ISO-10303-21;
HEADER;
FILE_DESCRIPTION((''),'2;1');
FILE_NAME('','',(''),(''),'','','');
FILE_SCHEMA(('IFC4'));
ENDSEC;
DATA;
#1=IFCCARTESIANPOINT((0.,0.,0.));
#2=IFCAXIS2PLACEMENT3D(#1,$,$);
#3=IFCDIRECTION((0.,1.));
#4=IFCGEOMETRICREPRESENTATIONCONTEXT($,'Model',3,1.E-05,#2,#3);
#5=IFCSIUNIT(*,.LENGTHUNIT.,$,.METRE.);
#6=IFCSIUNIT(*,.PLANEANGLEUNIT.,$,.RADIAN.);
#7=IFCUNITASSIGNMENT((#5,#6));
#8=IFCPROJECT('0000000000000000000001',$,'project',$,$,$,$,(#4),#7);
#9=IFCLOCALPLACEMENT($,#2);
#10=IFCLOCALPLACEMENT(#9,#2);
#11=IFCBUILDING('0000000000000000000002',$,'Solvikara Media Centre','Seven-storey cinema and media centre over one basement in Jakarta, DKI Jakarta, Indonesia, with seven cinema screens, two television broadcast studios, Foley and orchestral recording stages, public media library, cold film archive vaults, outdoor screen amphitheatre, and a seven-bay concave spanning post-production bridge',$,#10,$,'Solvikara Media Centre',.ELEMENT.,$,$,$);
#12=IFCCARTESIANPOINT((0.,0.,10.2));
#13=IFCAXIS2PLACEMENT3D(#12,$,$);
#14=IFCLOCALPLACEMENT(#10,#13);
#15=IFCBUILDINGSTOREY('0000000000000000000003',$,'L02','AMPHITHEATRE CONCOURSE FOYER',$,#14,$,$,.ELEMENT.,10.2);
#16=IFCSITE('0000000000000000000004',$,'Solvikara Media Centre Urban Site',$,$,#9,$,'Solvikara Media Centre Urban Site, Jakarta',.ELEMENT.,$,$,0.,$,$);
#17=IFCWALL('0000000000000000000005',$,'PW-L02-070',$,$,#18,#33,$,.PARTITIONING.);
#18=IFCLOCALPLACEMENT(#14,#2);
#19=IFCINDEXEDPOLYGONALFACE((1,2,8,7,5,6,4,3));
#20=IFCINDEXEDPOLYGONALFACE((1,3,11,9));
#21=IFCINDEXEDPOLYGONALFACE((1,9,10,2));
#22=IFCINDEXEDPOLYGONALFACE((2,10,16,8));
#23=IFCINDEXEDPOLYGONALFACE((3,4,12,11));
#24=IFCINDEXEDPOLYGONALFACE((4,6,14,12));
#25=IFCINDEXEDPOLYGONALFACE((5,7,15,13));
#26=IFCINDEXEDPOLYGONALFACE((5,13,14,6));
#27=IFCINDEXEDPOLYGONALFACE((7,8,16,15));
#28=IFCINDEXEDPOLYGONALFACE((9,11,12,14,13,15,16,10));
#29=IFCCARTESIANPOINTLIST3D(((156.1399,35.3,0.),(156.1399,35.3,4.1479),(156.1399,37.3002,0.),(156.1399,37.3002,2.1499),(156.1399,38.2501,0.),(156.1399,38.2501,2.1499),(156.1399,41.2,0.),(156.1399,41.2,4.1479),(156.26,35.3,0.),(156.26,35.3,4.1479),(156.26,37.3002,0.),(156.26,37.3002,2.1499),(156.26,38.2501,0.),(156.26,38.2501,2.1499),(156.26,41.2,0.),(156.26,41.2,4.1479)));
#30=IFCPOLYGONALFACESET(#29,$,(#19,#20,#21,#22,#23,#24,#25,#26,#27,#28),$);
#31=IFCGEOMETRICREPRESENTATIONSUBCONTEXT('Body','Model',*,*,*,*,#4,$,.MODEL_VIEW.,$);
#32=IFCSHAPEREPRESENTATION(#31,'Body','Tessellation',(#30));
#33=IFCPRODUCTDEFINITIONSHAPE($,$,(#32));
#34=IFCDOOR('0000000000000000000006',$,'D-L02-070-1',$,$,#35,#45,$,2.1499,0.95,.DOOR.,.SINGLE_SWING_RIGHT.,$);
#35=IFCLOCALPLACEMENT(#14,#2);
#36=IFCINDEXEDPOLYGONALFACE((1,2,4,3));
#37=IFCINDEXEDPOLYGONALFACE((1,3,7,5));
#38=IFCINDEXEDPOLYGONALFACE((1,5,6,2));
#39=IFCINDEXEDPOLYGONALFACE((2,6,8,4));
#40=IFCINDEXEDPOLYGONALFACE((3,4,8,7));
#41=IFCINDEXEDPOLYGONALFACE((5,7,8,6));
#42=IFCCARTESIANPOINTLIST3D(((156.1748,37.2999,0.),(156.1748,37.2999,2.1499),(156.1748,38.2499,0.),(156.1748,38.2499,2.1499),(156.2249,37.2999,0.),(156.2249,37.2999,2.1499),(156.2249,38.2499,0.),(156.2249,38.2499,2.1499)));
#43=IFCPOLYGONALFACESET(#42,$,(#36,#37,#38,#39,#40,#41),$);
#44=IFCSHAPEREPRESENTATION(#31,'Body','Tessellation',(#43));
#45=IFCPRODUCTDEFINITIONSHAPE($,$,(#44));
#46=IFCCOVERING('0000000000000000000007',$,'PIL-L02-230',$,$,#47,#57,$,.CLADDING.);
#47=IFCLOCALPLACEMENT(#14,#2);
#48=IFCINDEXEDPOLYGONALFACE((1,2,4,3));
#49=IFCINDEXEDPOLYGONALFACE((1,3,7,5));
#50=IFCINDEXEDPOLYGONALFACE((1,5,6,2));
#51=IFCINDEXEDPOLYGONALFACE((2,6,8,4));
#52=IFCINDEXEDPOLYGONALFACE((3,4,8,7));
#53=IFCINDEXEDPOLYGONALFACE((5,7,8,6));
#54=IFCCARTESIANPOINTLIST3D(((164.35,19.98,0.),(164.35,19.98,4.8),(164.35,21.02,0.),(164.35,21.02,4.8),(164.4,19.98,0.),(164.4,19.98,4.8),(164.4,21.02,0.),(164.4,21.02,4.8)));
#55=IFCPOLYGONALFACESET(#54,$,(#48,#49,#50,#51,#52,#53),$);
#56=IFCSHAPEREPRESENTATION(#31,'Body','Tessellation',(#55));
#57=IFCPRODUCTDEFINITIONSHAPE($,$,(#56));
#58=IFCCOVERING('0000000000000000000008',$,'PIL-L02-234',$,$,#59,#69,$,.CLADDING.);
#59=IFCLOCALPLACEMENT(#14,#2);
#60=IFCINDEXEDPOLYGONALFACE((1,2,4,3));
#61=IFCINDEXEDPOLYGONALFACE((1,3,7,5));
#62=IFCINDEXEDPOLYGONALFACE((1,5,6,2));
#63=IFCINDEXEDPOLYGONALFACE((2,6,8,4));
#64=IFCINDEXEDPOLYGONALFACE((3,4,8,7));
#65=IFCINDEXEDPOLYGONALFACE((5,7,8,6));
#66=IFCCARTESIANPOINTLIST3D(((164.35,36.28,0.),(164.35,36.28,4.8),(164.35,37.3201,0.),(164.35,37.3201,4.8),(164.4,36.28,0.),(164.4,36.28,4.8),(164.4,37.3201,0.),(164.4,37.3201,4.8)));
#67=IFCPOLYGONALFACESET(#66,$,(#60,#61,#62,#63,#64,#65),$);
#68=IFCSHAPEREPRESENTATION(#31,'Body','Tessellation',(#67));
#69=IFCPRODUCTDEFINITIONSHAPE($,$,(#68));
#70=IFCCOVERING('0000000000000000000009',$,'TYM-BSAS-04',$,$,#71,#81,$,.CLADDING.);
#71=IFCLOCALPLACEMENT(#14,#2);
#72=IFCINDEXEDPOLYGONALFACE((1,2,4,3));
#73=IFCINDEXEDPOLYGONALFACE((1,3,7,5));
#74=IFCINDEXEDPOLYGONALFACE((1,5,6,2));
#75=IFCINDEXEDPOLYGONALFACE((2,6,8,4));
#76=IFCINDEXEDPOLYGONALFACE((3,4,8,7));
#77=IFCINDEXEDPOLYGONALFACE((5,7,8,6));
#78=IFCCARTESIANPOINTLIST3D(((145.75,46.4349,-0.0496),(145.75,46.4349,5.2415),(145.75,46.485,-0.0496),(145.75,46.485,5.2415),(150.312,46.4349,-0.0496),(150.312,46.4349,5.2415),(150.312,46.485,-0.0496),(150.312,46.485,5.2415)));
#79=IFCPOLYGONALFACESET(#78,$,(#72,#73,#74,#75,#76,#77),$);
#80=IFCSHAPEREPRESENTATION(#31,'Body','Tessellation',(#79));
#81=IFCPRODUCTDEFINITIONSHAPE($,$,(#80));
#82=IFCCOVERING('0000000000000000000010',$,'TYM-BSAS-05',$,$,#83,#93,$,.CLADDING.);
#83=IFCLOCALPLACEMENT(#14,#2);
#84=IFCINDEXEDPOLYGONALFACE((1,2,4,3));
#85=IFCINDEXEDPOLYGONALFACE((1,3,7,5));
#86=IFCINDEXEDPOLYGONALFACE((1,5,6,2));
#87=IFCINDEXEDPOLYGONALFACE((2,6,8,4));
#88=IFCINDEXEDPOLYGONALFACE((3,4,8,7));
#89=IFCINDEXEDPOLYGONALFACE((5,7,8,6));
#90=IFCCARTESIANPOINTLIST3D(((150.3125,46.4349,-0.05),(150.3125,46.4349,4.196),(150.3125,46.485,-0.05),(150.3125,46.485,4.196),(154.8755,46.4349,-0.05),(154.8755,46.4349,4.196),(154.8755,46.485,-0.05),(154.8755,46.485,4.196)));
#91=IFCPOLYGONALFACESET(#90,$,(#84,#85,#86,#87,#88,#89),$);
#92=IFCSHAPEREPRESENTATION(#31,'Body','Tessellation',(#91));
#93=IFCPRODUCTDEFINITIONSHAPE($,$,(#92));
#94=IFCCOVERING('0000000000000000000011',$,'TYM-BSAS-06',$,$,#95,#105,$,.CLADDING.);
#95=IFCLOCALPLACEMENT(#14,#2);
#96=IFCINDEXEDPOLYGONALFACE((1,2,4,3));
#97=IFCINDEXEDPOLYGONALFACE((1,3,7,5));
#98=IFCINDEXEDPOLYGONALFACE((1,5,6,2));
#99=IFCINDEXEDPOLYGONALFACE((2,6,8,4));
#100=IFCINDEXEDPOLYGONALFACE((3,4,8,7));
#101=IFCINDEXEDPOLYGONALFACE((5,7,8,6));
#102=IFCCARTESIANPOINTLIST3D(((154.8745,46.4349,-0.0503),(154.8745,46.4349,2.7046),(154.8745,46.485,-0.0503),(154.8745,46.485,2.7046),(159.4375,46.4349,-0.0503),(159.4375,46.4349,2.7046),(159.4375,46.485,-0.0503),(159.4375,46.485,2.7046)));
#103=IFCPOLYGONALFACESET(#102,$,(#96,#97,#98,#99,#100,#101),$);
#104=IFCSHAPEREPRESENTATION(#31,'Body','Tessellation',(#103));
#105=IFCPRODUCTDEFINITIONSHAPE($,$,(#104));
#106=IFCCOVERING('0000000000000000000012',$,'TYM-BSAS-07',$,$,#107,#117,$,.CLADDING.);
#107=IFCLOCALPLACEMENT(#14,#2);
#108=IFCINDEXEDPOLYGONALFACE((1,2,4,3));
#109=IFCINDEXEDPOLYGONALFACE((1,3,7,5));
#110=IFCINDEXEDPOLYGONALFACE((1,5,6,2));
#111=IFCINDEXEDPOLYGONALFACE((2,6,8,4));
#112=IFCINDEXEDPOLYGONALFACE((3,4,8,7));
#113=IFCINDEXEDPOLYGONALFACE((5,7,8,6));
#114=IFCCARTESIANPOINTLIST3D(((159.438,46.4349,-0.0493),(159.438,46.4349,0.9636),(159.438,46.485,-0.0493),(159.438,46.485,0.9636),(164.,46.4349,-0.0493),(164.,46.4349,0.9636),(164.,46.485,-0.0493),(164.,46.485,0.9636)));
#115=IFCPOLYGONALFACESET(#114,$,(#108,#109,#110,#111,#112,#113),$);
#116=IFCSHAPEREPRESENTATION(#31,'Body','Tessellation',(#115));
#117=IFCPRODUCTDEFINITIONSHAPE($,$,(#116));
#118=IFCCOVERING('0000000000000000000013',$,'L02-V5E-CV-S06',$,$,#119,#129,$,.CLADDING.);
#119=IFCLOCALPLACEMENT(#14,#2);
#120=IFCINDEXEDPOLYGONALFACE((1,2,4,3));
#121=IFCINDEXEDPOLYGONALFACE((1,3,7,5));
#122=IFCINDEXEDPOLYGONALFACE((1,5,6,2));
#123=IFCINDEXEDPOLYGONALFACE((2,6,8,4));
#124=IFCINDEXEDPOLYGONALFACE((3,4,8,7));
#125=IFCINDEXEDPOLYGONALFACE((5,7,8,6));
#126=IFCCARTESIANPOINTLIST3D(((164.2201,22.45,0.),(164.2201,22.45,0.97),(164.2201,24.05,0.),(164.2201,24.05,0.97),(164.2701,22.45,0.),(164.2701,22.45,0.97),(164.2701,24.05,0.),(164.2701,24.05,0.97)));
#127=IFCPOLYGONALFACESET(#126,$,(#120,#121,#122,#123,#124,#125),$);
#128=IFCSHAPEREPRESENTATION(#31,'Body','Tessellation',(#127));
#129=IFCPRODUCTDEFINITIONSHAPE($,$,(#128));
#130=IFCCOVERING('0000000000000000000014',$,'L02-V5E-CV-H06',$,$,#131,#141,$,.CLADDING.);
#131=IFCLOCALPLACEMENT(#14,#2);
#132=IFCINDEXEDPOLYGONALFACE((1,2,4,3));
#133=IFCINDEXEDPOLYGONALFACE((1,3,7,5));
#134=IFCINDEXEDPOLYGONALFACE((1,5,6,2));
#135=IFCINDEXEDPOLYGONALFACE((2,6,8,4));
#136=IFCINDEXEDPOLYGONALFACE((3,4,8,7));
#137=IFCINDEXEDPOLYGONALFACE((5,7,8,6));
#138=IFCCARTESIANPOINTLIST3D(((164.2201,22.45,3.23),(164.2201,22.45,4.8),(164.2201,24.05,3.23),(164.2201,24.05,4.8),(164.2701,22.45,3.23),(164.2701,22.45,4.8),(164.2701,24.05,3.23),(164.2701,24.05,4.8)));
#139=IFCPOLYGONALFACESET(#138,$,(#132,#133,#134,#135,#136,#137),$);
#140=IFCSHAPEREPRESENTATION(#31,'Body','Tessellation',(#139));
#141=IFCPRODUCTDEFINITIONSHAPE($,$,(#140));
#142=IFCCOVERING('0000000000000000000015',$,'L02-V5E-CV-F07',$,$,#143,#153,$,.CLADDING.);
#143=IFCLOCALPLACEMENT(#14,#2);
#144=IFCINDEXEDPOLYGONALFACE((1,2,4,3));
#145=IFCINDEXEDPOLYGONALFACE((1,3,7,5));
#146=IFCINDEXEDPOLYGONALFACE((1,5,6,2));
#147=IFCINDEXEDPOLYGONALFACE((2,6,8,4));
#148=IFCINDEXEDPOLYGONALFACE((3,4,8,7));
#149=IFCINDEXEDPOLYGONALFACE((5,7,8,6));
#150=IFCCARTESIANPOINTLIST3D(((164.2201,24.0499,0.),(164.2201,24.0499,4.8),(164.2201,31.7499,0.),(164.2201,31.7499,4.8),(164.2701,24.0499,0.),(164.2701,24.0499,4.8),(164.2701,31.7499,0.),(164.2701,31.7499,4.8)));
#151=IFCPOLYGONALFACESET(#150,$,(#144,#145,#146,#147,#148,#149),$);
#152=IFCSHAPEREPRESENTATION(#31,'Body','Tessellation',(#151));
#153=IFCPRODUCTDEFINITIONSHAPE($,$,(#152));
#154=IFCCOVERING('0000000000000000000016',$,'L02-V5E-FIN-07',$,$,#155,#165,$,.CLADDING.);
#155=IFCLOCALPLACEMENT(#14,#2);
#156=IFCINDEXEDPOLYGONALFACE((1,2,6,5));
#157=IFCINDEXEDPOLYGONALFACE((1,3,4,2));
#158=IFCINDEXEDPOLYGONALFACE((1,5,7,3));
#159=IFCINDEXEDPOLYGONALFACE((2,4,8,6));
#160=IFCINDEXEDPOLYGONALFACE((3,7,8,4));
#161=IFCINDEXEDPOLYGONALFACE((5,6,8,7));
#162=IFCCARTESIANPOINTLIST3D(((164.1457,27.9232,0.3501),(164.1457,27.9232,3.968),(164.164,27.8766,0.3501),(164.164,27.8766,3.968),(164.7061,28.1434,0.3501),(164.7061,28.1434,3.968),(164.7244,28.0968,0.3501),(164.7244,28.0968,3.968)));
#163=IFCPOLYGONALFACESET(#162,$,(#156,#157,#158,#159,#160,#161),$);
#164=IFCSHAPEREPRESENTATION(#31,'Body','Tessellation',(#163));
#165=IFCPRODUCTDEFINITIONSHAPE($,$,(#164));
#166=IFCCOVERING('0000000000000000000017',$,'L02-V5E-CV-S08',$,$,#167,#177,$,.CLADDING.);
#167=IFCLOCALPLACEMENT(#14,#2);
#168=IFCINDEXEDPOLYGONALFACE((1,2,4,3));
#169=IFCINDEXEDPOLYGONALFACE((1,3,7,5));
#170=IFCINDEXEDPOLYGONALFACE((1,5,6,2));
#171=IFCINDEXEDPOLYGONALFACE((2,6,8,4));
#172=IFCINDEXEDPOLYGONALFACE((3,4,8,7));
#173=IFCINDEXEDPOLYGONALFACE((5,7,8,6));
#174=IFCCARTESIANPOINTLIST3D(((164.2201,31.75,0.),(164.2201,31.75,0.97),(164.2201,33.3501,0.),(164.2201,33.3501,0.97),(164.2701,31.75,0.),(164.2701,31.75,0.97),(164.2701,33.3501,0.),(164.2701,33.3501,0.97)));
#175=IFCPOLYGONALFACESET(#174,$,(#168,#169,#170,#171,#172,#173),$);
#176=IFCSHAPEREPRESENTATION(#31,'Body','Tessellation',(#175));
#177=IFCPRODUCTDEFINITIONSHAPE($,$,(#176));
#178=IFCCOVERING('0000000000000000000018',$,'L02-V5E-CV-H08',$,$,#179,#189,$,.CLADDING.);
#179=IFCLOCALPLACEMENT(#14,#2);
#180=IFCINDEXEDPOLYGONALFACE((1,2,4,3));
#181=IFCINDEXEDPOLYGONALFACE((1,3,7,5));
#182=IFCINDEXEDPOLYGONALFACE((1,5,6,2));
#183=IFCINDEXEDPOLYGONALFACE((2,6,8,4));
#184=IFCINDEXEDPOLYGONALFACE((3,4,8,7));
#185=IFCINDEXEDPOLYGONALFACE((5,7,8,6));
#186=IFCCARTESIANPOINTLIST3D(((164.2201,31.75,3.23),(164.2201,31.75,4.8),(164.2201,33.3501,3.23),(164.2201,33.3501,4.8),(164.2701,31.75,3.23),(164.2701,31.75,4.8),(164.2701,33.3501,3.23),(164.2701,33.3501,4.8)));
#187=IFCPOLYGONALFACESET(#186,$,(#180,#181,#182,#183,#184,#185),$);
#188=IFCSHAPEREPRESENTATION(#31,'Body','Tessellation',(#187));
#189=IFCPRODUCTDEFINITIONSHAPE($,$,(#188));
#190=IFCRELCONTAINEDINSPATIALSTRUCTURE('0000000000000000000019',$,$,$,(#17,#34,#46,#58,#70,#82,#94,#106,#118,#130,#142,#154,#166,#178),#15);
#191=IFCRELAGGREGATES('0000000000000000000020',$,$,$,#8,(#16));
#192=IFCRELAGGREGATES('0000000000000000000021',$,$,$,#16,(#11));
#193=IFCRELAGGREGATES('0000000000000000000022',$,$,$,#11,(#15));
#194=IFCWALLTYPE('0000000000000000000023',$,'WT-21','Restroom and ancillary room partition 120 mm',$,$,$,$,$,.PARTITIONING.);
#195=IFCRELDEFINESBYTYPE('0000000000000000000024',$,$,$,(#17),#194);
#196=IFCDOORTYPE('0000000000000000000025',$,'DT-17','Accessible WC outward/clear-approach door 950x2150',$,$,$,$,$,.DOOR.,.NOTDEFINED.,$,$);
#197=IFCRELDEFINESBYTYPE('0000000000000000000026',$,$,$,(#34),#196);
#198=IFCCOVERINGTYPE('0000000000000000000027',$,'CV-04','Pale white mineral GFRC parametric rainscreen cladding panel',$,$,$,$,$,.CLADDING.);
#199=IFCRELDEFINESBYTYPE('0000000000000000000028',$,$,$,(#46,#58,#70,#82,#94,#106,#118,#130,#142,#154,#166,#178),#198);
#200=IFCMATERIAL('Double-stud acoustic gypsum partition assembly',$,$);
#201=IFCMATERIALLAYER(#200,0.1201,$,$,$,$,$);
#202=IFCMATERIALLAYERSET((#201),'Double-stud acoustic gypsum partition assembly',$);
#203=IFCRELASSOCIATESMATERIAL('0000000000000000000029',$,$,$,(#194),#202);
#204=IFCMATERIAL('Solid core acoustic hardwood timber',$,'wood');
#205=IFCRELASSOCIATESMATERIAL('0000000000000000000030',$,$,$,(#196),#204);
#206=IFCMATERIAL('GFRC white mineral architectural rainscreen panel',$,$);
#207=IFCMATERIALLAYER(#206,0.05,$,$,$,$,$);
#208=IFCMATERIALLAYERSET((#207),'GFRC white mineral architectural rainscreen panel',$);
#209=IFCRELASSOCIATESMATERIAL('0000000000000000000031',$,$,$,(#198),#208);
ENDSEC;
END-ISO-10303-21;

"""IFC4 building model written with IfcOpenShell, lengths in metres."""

from ifc_helpers import new_model, si_unit, direction, frame, frame_2d, origin, origin_2d, place, context, subcontext, project, spatial, rectangle, extrude, material, layer, layer_set, type_object, element, fill, save


model = new_model("IFC4")

# Units and contexts
model_context = context("Model", 3, precision=1e-05, world=origin(), true_north=direction((0.0, 1.0)))
body_context = subcontext(model_context, "Body", "Model", "MODEL_VIEW")
ifc_project = project(units=[si_unit("LENGTHUNIT", "METRE"), si_unit("PLANEANGLEUNIT", "RADIAN")], contexts=[model_context])

# Site, building, storey
site_placement = place(None, origin())
site = spatial("IfcSite", under=ifc_project, at=site_placement, Name="Solvikara Media Centre Urban Site", LongName="Solvikara Media Centre Urban Site, Jakarta", CompositionType="ELEMENT", RefElevation=0.0)
building_placement = place(site_placement, origin())
building = spatial("IfcBuilding", under=site, at=building_placement, Name="Solvikara Media Centre", Description="Seven-storey cinema and media centre over one basement in Jakarta, DKI Jakarta, Indonesia, with seven cinema screens, two television broadcast studios, Foley and orchestral recording stages, public media library, cold film archive vaults, outdoor screen amphitheatre, and a seven-bay concave spanning post-production bridge", LongName="Solvikara Media Centre", CompositionType="ELEMENT")
storey_placement = place(building_placement, frame((0.0, 0.0, 10.2)))
storey = spatial("IfcBuildingStorey", under=building, at=storey_placement, Name="L02", Description="AMPHITHEATRE CONCOURSE FOYER", CompositionType="ELEMENT", Elevation=10.2)

# Wall, opening, door
ifc_material_1 = material(Name="Double-stud acoustic gypsum partition assembly")
ifc_layer_1 = layer(ifc_material_1, 0.1201)
ifc_layer_set_1 = layer_set([ifc_layer_1], Name="Double-stud acoustic gypsum partition assembly")
wall_type = type_object("IfcWallType", Name="WT-21", Description="Restroom and ancillary room partition 120 mm", PredefinedType="PARTITIONING", material=ifc_layer_set_1)
ifc_material_2 = material(Name="Solid core acoustic hardwood timber", Category="wood")
wall_1_placement = place(storey_placement, frame((156.2, 35.3, 0.0), z_axis=(0.0, 0.0, 1.0), x_axis=(0.0, 1.0, 0.0)))
wall_1 = element("IfcWall", 1, at=wall_1_placement, inside=storey, type_object=wall_type, Name="PW-L02-070", PredefinedType="PARTITIONING", context=body_context, shape_type="SweptSolid", body=[
    extrude(rectangle(XDim=5.8999, YDim=0.1201, at=frame_2d((2.95, 0.0))), origin(), (0.0, 0.0, 1.0), 4.1479),
])
opening_1_placement = place(wall_1_placement, frame((2.0, 0.0, 0.0)))
opening_1 = element("IfcOpeningElement", 2, at=opening_1_placement, cuts=wall_1, PredefinedType="OPENING", context=body_context, shape_type="SweptSolid", body=[
    extrude(rectangle(XDim=0.95, YDim=2.1499, at=frame_2d((0.4751, 1.075))), frame((0.0, 0.072, 0.0), z_axis=(0.0, -1.0, 0.0), x_axis=(1.0, 0.0, 0.0)), (0.0, 0.0, 1.0), 0.144),
])
door_type_1 = type_object("IfcDoorType", Name="DT-17", Description="Accessible WC outward/clear-approach door 950x2150", OperationType="NOTDEFINED", PredefinedType="DOOR", material=ifc_material_2)
door_1_placement = place(opening_1_placement, frame((0.95, 0.0, 0.0), z_axis=(0.0, 0.0, 1.0), x_axis=(-1.0, 0.0, 0.0)))
door_1 = element("IfcDoor", 3, at=door_1_placement, inside=storey, type_object=door_type_1, Name="D-L02-070-1", OperationType="SINGLE_SWING_RIGHT", OverallHeight=2.1499, OverallWidth=0.95, PredefinedType="DOOR", context=body_context, shape_type="SweptSolid", body=[
    extrude(rectangle(XDim=0.95, YDim=2.1499, at=frame_2d((0.4751, 1.075))), frame((0.0, 0.0249, 0.0), z_axis=(0.0, -1.0, 0.0), x_axis=(1.0, 0.0, 0.0)), (0.0, 0.0, 1.0), 0.05),
])
fill(opening_1, door_1)

# Coverings
ifc_material_3 = material(Name="GFRC white mineral architectural rainscreen panel")
ifc_layer_2 = layer(ifc_material_3, 0.05)
ifc_layer_set_2 = layer_set([ifc_layer_2], Name="GFRC white mineral architectural rainscreen panel")
covering_type = type_object("IfcCoveringType", Name="CV-04", Description="Pale white mineral GFRC parametric rainscreen cladding panel", PredefinedType="CLADDING", material=ifc_layer_set_2)
for number, where, z_axis, x_axis, name in (
    (4, (164.375, 20.5, 0.0), (0.0, 0.0, 1.0), (0.0, 1.0, 0.0), "PIL-L02-230"),
    (5, (164.375, 36.8, 0.0), (0.0, 0.0, 1.0), (0.0, 1.0, 0.0), "PIL-L02-234"),
):
    element("IfcCovering", number, at=place(storey_placement, frame(where, z_axis=z_axis, x_axis=x_axis)), inside=storey, type_object=covering_type, Name=name, PredefinedType="CLADDING", context=body_context, shape_type="SweptSolid", body=[
        extrude(rectangle(XDim=1.04, YDim=0.05, at=origin_2d()), origin(), (0.0, 0.0, 1.0), 4.8),
    ])
covering_1_placement = place(storey_placement, frame((148.031, 46.46, -0.0496), z_axis=(0.0, 0.0, 1.0), x_axis=(1.0, 0.0, 0.0)))
element("IfcCovering", 6, at=covering_1_placement, inside=storey, type_object=covering_type, Name="TYM-BSAS-04", PredefinedType="CLADDING", context=body_context, shape_type="SweptSolid", body=[
    extrude(rectangle(XDim=4.562, YDim=0.05, at=origin_2d()), origin(), (0.0, 0.0, 1.0), 5.291),
])
covering_2_placement = place(storey_placement, frame((152.594, 46.46, -0.05), z_axis=(0.0, 0.0, 1.0), x_axis=(1.0, 0.0, 0.0)))
element("IfcCovering", 7, at=covering_2_placement, inside=storey, type_object=covering_type, Name="TYM-BSAS-05", PredefinedType="CLADDING", context=body_context, shape_type="SweptSolid", body=[
    extrude(rectangle(XDim=4.563, YDim=0.05, at=origin_2d()), origin(), (0.0, 0.0, 1.0), 4.2461),
])
covering_3_placement = place(storey_placement, frame((157.156, 46.46, -0.0503), z_axis=(0.0, 0.0, 1.0), x_axis=(1.0, 0.0, 0.0)))
element("IfcCovering", 8, at=covering_3_placement, inside=storey, type_object=covering_type, Name="TYM-BSAS-06", PredefinedType="CLADDING", context=body_context, shape_type="SweptSolid", body=[
    extrude(rectangle(XDim=4.563, YDim=0.05, at=origin_2d()), origin(), (0.0, 0.0, 1.0), 2.7549),
])
covering_4_placement = place(storey_placement, frame((161.719, 46.46, -0.0493), z_axis=(0.0, 0.0, 1.0), x_axis=(1.0, 0.0, 0.0)))
element("IfcCovering", 9, at=covering_4_placement, inside=storey, type_object=covering_type, Name="TYM-BSAS-07", PredefinedType="CLADDING", context=body_context, shape_type="SweptSolid", body=[
    extrude(rectangle(XDim=4.562, YDim=0.05, at=origin_2d()), origin(), (0.0, 0.0, 1.0), 1.0129),
])
covering_5_placement = place(storey_placement, frame((164.2451, 23.25, 0.0), z_axis=(0.0, 0.0, 1.0), x_axis=(0.0, 1.0, 0.0)))
element("IfcCovering", 10, at=covering_5_placement, inside=storey, type_object=covering_type, Name="L02-V5E-CV-S06", PredefinedType="CLADDING", context=body_context, shape_type="SweptSolid", body=[
    extrude(rectangle(XDim=1.6001, YDim=0.05, at=origin_2d()), origin(), (0.0, 0.0, 1.0), 0.97),
])
covering_6_placement = place(storey_placement, frame((164.2451, 23.25, 3.23), z_axis=(0.0, 0.0, 1.0), x_axis=(0.0, 1.0, 0.0)))
element("IfcCovering", 11, at=covering_6_placement, inside=storey, type_object=covering_type, Name="L02-V5E-CV-H06", PredefinedType="CLADDING", context=body_context, shape_type="SweptSolid", body=[
    extrude(rectangle(XDim=1.6001, YDim=0.05, at=origin_2d()), origin(), (0.0, 0.0, 1.0), 1.5701),
])
covering_7_placement = place(storey_placement, frame((164.2451, 27.8999, 0.0), z_axis=(0.0, 0.0, 1.0), x_axis=(0.0, 1.0, 0.0)))
element("IfcCovering", 12, at=covering_7_placement, inside=storey, type_object=covering_type, Name="L02-V5E-CV-F07", PredefinedType="CLADDING", context=body_context, shape_type="SweptSolid", body=[
    extrude(rectangle(XDim=7.7, YDim=0.05, at=origin_2d()), origin(), (0.0, 0.0, 1.0), 4.8),
])
covering_8_placement = place(storey_placement, frame((164.4351, 28.01, 0.3501), z_axis=(0.0, 0.0, 1.0), x_axis=(0.93075, 0.365657, 0.0)))
element("IfcCovering", 13, at=covering_8_placement, inside=storey, type_object=covering_type, Name="L02-V5E-FIN-07", PredefinedType="CLADDING", context=body_context, shape_type="SweptSolid", body=[
    extrude(rectangle(XDim=0.6021, YDim=0.05, at=origin_2d()), origin(), (0.0, 0.0, 1.0), 3.6179),
])
covering_9_placement = place(storey_placement, frame((164.2451, 32.55, 0.0), z_axis=(0.0, 0.0, 1.0), x_axis=(0.0, 1.0, 0.0)))
element("IfcCovering", 14, at=covering_9_placement, inside=storey, type_object=covering_type, Name="L02-V5E-CV-S08", PredefinedType="CLADDING", context=body_context, shape_type="SweptSolid", body=[
    extrude(rectangle(XDim=1.6001, YDim=0.05, at=origin_2d()), origin(), (0.0, 0.0, 1.0), 0.97),
])
covering_10_placement = place(storey_placement, frame((164.2451, 32.55, 3.23), z_axis=(0.0, 0.0, 1.0), x_axis=(0.0, 1.0, 0.0)))
element("IfcCovering", 15, at=covering_10_placement, inside=storey, type_object=covering_type, Name="L02-V5E-CV-H08", PredefinedType="CLADDING", context=body_context, shape_type="SweptSolid", body=[
    extrude(rectangle(XDim=1.6001, YDim=0.05, at=origin_2d()), origin(), (0.0, 0.0, 1.0), 1.5701),
])

save(model, "model.ifc")
